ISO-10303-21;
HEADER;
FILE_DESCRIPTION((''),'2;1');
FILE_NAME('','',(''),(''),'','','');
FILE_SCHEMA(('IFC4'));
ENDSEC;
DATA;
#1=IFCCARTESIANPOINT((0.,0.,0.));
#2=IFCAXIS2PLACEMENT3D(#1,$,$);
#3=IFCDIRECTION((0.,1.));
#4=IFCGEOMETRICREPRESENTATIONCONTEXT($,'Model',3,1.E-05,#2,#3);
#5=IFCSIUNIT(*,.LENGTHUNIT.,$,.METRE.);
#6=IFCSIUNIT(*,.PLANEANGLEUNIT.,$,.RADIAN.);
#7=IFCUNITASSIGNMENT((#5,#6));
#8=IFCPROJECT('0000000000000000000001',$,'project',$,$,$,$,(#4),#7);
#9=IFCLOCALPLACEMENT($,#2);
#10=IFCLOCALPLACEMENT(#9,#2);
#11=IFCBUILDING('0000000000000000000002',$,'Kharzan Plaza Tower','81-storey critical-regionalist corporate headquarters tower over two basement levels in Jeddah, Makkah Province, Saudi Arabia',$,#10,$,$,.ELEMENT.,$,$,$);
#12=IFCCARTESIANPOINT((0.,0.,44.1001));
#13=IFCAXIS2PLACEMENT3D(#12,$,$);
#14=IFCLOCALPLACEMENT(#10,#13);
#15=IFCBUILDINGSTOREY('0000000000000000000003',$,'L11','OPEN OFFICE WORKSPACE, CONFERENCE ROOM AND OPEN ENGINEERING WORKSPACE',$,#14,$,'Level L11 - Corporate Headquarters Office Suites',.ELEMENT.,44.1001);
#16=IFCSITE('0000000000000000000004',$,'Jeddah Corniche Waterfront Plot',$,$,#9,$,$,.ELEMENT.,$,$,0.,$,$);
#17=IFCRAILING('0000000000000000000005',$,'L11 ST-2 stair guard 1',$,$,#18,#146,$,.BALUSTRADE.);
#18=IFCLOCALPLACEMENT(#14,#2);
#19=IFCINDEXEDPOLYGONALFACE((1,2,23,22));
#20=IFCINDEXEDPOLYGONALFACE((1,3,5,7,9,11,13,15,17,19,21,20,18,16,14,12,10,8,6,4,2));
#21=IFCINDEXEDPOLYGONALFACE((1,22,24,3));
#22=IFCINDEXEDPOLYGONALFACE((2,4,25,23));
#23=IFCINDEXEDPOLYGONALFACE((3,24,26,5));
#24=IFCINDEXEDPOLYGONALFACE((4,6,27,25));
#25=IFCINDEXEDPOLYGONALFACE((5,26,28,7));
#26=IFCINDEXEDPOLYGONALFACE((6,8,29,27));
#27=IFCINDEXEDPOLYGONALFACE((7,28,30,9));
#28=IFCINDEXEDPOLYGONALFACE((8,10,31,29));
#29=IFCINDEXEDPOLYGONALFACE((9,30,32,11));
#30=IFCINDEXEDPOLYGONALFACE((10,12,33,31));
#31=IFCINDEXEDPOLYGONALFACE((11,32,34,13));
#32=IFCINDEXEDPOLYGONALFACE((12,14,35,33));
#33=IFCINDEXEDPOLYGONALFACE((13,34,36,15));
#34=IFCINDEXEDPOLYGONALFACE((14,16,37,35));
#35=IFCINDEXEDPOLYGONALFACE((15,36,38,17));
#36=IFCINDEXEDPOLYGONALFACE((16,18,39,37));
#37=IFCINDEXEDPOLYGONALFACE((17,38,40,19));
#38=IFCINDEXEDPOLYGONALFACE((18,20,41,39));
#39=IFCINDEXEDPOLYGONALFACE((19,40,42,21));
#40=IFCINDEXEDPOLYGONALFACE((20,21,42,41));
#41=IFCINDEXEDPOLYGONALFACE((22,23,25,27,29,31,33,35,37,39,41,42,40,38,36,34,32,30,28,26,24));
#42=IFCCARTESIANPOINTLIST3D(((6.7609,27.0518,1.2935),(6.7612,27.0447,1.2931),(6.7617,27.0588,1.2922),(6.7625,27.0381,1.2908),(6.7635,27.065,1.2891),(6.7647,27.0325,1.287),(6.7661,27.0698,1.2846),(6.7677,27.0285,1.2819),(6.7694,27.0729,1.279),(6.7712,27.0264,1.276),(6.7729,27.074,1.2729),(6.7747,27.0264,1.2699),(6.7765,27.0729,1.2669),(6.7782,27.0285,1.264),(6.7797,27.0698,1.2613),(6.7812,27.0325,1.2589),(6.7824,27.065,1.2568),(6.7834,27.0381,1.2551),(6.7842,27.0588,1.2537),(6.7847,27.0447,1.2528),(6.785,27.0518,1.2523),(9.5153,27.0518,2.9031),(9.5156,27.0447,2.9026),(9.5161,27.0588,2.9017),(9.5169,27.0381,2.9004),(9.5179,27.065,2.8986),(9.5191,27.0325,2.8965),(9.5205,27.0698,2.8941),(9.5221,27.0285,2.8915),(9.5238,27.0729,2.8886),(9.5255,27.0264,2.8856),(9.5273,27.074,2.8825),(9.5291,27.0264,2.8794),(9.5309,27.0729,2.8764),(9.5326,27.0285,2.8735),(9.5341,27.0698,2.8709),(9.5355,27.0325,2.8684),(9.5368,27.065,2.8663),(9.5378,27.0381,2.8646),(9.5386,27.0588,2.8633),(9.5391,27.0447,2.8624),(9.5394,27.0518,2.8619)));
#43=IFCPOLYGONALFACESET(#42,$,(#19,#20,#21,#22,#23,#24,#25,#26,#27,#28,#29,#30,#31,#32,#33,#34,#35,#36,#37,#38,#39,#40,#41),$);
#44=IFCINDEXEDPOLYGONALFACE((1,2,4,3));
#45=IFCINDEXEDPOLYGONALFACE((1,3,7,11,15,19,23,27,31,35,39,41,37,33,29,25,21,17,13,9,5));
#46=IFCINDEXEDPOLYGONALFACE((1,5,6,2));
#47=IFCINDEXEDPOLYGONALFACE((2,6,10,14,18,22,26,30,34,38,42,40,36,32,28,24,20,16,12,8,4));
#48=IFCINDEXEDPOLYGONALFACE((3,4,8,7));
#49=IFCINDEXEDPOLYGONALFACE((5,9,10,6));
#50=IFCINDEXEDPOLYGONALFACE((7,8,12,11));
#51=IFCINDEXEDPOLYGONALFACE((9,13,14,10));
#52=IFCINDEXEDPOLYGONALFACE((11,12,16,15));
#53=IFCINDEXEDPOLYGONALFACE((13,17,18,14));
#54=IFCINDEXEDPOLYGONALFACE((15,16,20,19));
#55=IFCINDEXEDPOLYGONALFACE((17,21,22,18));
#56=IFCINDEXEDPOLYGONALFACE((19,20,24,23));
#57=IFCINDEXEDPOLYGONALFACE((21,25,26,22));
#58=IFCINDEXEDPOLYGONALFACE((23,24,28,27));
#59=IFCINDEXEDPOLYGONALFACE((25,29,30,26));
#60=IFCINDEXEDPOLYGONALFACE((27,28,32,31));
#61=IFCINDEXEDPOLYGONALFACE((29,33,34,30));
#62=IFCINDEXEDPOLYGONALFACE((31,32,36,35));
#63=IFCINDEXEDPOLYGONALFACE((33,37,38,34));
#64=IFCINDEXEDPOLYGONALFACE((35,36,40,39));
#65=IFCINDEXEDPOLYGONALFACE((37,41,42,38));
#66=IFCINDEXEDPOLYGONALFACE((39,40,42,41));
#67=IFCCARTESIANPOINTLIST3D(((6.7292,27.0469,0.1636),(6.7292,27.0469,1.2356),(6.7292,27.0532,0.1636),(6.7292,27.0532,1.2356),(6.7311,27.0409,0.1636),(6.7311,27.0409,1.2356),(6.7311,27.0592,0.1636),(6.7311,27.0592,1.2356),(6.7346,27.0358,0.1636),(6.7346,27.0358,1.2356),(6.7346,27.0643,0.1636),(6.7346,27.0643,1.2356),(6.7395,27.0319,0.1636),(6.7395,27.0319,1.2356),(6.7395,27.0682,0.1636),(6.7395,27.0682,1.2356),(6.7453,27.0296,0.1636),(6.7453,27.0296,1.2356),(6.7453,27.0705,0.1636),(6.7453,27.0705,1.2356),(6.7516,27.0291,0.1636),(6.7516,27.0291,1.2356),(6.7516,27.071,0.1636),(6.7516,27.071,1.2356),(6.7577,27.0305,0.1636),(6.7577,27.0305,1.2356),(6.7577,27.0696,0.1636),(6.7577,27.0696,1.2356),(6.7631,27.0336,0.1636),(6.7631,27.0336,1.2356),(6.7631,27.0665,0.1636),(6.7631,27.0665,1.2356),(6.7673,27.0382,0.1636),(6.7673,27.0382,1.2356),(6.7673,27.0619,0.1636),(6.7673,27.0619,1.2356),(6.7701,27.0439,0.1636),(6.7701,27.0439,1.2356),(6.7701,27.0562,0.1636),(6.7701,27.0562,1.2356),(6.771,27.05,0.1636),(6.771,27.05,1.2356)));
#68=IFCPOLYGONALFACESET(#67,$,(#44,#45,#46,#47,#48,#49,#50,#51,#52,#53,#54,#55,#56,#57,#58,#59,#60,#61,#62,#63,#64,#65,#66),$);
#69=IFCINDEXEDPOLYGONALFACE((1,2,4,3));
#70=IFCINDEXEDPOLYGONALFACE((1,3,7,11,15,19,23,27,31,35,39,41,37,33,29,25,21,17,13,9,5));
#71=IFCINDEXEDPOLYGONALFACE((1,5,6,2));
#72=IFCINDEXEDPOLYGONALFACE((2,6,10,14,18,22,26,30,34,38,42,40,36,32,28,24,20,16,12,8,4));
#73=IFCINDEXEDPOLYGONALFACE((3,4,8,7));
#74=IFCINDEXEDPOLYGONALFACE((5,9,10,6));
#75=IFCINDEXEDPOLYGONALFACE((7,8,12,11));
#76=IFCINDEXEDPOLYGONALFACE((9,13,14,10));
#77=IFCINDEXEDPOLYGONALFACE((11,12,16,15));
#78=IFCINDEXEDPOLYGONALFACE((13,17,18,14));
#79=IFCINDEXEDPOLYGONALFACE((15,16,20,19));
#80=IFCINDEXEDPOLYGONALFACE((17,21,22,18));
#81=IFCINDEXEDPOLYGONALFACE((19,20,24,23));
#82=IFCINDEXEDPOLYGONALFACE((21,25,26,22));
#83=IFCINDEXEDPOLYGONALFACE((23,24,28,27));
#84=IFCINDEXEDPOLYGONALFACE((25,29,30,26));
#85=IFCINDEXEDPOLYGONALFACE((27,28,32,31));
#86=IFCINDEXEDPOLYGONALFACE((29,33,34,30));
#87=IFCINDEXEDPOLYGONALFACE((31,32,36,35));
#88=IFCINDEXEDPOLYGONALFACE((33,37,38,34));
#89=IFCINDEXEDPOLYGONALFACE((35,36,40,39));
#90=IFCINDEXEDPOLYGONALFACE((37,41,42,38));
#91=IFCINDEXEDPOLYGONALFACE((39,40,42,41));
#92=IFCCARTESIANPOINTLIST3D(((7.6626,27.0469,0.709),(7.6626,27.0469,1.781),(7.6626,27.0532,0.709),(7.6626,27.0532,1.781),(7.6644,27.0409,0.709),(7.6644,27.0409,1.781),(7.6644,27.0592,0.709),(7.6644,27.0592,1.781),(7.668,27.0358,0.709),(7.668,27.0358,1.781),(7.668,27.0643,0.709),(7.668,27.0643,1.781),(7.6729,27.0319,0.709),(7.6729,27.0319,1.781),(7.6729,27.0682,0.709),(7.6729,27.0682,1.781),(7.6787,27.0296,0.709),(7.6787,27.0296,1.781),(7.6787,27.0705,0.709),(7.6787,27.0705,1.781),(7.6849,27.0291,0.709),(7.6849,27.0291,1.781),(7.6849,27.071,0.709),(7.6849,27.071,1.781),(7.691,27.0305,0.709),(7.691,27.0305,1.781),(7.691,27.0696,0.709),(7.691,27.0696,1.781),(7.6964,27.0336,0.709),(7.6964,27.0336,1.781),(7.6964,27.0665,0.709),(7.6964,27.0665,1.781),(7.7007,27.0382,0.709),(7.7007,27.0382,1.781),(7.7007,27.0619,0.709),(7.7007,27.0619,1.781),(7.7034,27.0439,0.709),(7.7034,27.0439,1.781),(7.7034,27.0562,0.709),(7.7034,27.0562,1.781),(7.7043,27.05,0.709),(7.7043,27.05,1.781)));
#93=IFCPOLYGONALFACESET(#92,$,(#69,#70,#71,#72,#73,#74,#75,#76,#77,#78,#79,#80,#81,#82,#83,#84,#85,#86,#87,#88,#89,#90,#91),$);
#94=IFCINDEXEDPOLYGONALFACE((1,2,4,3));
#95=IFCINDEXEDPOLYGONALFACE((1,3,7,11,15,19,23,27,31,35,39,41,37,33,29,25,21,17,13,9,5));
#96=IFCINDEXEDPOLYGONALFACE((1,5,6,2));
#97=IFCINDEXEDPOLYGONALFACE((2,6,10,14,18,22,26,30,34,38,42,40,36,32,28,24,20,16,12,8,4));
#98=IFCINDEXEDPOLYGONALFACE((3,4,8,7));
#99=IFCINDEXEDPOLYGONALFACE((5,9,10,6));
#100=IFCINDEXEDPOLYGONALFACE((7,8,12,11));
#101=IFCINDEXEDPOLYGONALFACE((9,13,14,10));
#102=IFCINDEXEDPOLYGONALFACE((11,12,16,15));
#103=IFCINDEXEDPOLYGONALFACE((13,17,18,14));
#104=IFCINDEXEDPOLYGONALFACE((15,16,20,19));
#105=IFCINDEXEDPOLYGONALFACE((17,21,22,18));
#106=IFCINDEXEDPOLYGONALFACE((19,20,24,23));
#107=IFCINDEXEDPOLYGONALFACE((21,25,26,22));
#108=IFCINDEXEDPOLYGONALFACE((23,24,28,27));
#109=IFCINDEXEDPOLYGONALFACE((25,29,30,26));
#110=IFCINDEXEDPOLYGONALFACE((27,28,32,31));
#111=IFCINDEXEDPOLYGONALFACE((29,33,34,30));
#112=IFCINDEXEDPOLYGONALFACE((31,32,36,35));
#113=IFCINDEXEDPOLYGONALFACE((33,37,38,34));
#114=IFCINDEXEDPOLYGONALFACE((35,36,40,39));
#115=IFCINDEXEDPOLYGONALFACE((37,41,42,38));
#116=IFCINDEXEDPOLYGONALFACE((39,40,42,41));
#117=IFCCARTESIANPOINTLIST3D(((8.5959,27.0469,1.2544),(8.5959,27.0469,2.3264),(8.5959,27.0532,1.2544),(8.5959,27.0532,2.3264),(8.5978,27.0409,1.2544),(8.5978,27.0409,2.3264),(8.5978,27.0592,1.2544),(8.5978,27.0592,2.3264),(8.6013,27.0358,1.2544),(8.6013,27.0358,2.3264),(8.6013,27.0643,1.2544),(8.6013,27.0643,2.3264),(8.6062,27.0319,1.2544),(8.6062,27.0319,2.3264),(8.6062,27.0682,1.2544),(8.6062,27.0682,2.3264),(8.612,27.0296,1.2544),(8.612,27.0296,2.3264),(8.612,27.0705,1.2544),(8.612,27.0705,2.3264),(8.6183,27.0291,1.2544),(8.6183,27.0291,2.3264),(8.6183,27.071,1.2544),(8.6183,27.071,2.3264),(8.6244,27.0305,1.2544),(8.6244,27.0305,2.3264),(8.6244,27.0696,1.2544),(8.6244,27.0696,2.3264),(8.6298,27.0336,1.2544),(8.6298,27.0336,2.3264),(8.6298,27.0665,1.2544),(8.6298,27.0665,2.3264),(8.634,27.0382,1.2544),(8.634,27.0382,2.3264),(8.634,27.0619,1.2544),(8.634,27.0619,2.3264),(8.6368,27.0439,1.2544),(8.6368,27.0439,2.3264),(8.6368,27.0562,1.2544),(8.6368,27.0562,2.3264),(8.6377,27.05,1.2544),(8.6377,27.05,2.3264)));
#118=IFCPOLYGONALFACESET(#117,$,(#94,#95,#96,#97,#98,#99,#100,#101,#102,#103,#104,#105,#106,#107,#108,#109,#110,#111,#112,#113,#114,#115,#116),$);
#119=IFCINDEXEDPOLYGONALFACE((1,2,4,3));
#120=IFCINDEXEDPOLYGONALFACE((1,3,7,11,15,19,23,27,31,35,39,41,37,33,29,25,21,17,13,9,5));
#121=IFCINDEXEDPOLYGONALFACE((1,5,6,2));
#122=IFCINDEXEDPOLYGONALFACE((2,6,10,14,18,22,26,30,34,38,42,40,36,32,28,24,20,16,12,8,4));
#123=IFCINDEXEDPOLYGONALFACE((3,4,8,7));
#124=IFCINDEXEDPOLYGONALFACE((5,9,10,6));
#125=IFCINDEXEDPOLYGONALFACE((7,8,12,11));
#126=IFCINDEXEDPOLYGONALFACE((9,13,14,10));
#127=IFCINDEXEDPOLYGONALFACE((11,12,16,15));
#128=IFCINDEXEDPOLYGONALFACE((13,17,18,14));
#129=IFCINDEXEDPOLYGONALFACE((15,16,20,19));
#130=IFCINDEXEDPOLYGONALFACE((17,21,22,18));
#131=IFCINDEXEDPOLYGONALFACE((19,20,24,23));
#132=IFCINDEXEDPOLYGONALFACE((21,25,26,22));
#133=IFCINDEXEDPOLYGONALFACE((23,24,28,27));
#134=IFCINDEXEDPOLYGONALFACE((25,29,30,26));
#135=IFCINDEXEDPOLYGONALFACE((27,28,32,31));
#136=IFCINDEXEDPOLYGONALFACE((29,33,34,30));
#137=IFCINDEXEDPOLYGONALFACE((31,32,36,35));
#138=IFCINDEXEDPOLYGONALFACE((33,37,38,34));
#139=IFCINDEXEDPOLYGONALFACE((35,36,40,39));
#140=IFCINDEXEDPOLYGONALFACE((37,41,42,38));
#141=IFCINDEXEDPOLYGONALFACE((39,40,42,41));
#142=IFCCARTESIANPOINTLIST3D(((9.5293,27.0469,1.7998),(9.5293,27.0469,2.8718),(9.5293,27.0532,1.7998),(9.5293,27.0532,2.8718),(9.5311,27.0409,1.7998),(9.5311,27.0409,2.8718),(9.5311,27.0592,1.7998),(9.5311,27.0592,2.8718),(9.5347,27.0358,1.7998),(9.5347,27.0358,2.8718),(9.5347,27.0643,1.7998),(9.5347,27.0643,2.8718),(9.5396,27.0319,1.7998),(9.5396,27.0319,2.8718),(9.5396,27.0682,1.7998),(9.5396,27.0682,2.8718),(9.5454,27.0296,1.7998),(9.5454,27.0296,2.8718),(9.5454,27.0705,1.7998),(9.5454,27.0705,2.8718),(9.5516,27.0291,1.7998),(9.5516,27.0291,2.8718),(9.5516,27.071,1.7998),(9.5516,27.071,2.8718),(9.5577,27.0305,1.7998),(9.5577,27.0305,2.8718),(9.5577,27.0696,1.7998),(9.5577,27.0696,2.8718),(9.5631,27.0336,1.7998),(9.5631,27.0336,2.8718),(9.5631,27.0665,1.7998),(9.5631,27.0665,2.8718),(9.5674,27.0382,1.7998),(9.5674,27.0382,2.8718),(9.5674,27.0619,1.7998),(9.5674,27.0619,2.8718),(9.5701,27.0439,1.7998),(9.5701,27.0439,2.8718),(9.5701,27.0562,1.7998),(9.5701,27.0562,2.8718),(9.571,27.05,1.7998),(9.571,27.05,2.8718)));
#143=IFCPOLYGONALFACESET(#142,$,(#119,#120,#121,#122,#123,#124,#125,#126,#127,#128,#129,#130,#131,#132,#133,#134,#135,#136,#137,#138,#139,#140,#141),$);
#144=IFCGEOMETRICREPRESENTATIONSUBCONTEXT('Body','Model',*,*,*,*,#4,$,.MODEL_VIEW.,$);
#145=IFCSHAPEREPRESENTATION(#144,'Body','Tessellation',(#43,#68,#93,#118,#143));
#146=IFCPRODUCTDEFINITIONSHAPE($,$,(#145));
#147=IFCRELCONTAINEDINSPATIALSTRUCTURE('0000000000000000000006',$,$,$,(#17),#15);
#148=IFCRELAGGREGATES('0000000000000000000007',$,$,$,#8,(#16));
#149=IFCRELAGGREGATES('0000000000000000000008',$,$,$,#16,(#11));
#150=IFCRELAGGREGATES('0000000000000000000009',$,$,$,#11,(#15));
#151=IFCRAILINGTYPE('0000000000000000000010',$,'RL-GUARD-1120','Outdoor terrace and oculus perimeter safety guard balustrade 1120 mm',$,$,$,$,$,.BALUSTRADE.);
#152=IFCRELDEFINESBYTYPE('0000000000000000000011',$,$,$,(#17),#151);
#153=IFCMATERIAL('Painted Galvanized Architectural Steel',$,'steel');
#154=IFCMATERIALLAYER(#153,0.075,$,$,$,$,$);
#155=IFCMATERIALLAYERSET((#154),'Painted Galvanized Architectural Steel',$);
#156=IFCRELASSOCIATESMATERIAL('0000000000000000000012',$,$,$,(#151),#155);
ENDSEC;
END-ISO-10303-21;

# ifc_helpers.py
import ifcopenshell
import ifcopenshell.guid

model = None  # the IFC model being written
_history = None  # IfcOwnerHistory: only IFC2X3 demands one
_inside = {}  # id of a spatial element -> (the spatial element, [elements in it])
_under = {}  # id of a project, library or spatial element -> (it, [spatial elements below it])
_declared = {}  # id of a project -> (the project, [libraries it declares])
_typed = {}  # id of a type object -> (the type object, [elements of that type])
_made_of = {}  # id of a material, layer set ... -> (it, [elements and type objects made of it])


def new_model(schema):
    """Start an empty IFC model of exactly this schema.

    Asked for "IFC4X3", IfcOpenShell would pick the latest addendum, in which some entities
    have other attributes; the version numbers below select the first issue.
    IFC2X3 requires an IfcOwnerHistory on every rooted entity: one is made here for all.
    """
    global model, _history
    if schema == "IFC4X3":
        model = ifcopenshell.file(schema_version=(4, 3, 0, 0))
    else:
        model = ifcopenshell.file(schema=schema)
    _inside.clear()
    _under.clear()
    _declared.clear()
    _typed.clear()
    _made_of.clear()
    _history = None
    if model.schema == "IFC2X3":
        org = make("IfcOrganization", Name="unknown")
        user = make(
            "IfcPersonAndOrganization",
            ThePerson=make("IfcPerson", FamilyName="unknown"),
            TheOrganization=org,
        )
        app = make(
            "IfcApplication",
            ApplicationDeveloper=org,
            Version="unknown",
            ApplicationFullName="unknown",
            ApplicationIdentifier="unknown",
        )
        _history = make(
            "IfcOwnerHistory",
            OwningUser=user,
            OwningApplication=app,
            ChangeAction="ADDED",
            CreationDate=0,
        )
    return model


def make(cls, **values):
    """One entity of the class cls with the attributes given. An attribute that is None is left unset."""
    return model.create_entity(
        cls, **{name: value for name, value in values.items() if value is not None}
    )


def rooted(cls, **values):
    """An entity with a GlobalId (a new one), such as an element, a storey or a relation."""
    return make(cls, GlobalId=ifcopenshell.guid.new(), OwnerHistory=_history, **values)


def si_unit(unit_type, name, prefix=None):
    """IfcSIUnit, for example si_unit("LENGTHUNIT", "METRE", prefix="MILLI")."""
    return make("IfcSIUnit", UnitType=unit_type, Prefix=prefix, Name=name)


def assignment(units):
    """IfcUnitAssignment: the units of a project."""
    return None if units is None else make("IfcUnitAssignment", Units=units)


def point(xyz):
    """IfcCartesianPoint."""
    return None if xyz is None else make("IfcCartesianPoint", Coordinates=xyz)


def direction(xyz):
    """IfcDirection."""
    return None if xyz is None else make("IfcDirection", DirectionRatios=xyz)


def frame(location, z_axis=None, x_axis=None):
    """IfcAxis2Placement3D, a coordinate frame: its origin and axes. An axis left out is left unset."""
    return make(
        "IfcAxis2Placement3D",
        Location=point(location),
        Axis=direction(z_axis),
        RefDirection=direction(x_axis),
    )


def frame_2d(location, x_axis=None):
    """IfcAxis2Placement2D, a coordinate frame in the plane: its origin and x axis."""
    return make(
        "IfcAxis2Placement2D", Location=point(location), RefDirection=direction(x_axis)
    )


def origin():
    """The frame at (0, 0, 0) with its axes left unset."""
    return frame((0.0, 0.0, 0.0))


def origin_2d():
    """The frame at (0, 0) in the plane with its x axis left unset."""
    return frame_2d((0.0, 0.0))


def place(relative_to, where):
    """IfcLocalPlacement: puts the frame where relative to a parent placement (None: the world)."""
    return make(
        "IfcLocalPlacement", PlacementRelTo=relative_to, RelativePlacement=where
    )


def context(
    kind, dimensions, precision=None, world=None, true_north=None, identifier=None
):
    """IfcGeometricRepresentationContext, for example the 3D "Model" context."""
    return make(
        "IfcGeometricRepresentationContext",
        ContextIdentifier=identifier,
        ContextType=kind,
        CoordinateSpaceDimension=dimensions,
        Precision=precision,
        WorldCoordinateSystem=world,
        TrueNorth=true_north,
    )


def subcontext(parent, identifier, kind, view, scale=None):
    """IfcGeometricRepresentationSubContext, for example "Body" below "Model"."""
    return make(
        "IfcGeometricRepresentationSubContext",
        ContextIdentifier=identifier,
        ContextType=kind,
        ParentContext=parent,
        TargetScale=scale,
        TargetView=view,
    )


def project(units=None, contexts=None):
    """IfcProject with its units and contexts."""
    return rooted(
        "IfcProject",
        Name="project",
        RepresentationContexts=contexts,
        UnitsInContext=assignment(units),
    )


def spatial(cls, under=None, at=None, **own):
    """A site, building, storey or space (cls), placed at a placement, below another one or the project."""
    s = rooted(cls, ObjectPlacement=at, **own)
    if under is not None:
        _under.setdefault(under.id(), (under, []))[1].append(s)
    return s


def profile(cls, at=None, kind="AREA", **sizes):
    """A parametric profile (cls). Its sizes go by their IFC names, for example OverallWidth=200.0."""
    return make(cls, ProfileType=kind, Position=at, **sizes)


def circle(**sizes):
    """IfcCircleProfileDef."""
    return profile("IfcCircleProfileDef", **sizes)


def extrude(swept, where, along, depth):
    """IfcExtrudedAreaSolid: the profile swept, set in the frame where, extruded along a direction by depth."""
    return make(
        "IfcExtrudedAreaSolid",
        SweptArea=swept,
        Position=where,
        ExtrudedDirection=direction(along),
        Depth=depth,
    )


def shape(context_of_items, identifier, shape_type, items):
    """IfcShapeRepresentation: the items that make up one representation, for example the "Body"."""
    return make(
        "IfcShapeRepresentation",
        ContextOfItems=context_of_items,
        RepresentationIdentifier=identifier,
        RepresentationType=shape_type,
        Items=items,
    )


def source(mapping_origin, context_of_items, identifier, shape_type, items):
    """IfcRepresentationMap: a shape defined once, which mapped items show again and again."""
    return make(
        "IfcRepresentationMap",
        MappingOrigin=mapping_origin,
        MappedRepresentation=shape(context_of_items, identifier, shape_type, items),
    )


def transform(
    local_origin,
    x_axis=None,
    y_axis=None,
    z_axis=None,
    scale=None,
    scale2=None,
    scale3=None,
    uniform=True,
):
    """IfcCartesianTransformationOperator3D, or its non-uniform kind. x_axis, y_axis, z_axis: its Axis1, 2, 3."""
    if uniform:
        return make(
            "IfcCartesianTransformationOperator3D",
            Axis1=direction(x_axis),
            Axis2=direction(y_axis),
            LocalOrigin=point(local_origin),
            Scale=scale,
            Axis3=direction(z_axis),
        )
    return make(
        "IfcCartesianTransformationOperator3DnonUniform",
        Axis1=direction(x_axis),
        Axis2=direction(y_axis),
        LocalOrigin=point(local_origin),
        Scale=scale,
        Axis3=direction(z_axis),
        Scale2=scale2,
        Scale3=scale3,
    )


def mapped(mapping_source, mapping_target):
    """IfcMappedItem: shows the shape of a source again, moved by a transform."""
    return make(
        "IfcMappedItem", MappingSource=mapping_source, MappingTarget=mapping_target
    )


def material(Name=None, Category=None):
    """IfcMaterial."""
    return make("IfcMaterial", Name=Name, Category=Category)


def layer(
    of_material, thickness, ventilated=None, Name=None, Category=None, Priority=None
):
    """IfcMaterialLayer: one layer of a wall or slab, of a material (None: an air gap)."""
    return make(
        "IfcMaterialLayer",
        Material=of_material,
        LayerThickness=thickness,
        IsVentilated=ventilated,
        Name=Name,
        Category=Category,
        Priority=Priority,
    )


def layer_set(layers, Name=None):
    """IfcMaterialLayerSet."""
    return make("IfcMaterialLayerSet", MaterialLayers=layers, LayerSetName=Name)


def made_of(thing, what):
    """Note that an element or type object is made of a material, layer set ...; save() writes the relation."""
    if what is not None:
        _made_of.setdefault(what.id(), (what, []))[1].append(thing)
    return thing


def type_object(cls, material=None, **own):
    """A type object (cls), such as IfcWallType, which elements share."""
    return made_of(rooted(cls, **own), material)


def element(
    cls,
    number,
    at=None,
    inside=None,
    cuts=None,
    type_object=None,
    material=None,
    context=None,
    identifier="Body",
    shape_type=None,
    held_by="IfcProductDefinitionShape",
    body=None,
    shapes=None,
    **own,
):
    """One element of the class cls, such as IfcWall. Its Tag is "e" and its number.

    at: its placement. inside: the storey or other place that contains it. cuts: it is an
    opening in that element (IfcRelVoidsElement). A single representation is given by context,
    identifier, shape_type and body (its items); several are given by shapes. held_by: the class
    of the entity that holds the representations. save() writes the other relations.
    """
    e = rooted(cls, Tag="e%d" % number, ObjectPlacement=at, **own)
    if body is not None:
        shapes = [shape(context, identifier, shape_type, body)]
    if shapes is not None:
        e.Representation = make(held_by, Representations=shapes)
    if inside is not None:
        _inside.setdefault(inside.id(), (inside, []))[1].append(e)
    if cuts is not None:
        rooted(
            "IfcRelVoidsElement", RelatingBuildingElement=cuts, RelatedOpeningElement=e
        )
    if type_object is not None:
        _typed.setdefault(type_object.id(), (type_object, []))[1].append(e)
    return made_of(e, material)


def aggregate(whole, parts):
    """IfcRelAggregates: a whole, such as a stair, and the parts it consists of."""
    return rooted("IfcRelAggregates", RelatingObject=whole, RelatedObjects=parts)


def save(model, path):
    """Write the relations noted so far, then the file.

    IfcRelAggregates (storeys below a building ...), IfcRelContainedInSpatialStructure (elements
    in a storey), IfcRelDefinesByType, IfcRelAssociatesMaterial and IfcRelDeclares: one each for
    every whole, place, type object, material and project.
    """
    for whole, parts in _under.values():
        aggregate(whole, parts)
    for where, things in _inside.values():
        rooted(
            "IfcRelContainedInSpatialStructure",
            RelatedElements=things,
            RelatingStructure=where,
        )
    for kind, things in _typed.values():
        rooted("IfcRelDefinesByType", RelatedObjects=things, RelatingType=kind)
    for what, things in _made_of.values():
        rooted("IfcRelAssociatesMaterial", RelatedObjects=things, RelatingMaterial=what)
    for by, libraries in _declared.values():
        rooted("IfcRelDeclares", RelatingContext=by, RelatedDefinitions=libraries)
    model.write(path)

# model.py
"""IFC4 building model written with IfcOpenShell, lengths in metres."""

from ifc_helpers import new_model, si_unit, direction, frame, origin, origin_2d, place, context, subcontext, project, spatial, circle, extrude, source, transform, mapped, material, layer, layer_set, type_object, element, save


model = new_model("IFC4")

# Units and contexts
model_context = context("Model", 3, precision=1e-05, world=origin(), true_north=direction((0.0, 1.0)))
body_context = subcontext(model_context, "Body", "Model", "MODEL_VIEW")
ifc_project = project(units=[si_unit("LENGTHUNIT", "METRE"), si_unit("PLANEANGLEUNIT", "RADIAN")], contexts=[model_context])

# Site, building, storey
site_placement = place(None, origin())
site = spatial("IfcSite", under=ifc_project, at=site_placement, Name="Jeddah Corniche Waterfront Plot", CompositionType="ELEMENT", RefElevation=0.0)
building_placement = place(site_placement, origin())
building = spatial("IfcBuilding", under=site, at=building_placement, Name="Kharzan Plaza Tower", Description="81-storey critical-regionalist corporate headquarters tower over two basement levels in Jeddah, Makkah Province, Saudi Arabia", CompositionType="ELEMENT")
storey_placement = place(building_placement, frame((0.0, 0.0, 44.1001)))
storey = spatial("IfcBuildingStorey", under=building, at=storey_placement, Name="L11", Description="OPEN OFFICE WORKSPACE, CONFERENCE ROOM AND OPEN ENGINEERING WORKSPACE", LongName="Level L11 - Corporate Headquarters Office Suites", CompositionType="ELEMENT", Elevation=44.1001)

# Railing
ifc_material_1 = material(Name="Painted Galvanized Architectural Steel", Category="steel")
ifc_layer_1 = layer(ifc_material_1, 0.075)
ifc_layer_set_1 = layer_set([ifc_layer_1], Name="Painted Galvanized Architectural Steel")
railing_type_1 = type_object("IfcRailingType", Name="RL-GUARD-1120", Description="Outdoor terrace and oculus perimeter safety guard balustrade 1120 mm", PredefinedType="BALUSTRADE", material=ifc_layer_set_1)
shared_shape_1 = source(origin(), body_context, "Body", "SweptSolid", [
    extrude(circle(Radius=0.0239, at=origin_2d()), frame((0.0229, 0.0, 1.1094), z_axis=(0.863394, 0.0, 0.504531), x_axis=(0.0, 1.0, 0.0)), (0.0, 0.0, 1.0), 3.1902),
    extrude(circle(Radius=0.021, at=origin_2d()), origin(), (0.0, 0.0, 1.0), 1.072),
    extrude(circle(Radius=0.021, at=origin_2d()), frame((0.9333, 0.0, 0.5454)), (0.0, 0.0, 1.0), 1.072),
    extrude(circle(Radius=0.021, at=origin_2d()), frame((1.8667, 0.0, 1.0908)), (0.0, 0.0, 1.0), 1.072),
    extrude(circle(Radius=0.021, at=origin_2d()), frame((2.8, 0.0, 1.6362)), (0.0, 0.0, 1.0), 1.072),
])
railing_1_placement = place(storey_placement, frame((6.75, 27.05, 0.1636)))
element("IfcRailing", 1, at=railing_1_placement, inside=storey, type_object=railing_type_1, Name="L11 ST-2 stair guard 1", PredefinedType="BALUSTRADE", context=body_context, shape_type="MappedRepresentation", body=[
    mapped(shared_shape_1, transform((0.0, 0.0, 0.0), x_axis=(1.0, 0.0, 0.0), y_axis=(0.0, 1.0, 0.0), z_axis=(0.0, 0.0, 1.0))),
])

save(model, "model.ifc")
